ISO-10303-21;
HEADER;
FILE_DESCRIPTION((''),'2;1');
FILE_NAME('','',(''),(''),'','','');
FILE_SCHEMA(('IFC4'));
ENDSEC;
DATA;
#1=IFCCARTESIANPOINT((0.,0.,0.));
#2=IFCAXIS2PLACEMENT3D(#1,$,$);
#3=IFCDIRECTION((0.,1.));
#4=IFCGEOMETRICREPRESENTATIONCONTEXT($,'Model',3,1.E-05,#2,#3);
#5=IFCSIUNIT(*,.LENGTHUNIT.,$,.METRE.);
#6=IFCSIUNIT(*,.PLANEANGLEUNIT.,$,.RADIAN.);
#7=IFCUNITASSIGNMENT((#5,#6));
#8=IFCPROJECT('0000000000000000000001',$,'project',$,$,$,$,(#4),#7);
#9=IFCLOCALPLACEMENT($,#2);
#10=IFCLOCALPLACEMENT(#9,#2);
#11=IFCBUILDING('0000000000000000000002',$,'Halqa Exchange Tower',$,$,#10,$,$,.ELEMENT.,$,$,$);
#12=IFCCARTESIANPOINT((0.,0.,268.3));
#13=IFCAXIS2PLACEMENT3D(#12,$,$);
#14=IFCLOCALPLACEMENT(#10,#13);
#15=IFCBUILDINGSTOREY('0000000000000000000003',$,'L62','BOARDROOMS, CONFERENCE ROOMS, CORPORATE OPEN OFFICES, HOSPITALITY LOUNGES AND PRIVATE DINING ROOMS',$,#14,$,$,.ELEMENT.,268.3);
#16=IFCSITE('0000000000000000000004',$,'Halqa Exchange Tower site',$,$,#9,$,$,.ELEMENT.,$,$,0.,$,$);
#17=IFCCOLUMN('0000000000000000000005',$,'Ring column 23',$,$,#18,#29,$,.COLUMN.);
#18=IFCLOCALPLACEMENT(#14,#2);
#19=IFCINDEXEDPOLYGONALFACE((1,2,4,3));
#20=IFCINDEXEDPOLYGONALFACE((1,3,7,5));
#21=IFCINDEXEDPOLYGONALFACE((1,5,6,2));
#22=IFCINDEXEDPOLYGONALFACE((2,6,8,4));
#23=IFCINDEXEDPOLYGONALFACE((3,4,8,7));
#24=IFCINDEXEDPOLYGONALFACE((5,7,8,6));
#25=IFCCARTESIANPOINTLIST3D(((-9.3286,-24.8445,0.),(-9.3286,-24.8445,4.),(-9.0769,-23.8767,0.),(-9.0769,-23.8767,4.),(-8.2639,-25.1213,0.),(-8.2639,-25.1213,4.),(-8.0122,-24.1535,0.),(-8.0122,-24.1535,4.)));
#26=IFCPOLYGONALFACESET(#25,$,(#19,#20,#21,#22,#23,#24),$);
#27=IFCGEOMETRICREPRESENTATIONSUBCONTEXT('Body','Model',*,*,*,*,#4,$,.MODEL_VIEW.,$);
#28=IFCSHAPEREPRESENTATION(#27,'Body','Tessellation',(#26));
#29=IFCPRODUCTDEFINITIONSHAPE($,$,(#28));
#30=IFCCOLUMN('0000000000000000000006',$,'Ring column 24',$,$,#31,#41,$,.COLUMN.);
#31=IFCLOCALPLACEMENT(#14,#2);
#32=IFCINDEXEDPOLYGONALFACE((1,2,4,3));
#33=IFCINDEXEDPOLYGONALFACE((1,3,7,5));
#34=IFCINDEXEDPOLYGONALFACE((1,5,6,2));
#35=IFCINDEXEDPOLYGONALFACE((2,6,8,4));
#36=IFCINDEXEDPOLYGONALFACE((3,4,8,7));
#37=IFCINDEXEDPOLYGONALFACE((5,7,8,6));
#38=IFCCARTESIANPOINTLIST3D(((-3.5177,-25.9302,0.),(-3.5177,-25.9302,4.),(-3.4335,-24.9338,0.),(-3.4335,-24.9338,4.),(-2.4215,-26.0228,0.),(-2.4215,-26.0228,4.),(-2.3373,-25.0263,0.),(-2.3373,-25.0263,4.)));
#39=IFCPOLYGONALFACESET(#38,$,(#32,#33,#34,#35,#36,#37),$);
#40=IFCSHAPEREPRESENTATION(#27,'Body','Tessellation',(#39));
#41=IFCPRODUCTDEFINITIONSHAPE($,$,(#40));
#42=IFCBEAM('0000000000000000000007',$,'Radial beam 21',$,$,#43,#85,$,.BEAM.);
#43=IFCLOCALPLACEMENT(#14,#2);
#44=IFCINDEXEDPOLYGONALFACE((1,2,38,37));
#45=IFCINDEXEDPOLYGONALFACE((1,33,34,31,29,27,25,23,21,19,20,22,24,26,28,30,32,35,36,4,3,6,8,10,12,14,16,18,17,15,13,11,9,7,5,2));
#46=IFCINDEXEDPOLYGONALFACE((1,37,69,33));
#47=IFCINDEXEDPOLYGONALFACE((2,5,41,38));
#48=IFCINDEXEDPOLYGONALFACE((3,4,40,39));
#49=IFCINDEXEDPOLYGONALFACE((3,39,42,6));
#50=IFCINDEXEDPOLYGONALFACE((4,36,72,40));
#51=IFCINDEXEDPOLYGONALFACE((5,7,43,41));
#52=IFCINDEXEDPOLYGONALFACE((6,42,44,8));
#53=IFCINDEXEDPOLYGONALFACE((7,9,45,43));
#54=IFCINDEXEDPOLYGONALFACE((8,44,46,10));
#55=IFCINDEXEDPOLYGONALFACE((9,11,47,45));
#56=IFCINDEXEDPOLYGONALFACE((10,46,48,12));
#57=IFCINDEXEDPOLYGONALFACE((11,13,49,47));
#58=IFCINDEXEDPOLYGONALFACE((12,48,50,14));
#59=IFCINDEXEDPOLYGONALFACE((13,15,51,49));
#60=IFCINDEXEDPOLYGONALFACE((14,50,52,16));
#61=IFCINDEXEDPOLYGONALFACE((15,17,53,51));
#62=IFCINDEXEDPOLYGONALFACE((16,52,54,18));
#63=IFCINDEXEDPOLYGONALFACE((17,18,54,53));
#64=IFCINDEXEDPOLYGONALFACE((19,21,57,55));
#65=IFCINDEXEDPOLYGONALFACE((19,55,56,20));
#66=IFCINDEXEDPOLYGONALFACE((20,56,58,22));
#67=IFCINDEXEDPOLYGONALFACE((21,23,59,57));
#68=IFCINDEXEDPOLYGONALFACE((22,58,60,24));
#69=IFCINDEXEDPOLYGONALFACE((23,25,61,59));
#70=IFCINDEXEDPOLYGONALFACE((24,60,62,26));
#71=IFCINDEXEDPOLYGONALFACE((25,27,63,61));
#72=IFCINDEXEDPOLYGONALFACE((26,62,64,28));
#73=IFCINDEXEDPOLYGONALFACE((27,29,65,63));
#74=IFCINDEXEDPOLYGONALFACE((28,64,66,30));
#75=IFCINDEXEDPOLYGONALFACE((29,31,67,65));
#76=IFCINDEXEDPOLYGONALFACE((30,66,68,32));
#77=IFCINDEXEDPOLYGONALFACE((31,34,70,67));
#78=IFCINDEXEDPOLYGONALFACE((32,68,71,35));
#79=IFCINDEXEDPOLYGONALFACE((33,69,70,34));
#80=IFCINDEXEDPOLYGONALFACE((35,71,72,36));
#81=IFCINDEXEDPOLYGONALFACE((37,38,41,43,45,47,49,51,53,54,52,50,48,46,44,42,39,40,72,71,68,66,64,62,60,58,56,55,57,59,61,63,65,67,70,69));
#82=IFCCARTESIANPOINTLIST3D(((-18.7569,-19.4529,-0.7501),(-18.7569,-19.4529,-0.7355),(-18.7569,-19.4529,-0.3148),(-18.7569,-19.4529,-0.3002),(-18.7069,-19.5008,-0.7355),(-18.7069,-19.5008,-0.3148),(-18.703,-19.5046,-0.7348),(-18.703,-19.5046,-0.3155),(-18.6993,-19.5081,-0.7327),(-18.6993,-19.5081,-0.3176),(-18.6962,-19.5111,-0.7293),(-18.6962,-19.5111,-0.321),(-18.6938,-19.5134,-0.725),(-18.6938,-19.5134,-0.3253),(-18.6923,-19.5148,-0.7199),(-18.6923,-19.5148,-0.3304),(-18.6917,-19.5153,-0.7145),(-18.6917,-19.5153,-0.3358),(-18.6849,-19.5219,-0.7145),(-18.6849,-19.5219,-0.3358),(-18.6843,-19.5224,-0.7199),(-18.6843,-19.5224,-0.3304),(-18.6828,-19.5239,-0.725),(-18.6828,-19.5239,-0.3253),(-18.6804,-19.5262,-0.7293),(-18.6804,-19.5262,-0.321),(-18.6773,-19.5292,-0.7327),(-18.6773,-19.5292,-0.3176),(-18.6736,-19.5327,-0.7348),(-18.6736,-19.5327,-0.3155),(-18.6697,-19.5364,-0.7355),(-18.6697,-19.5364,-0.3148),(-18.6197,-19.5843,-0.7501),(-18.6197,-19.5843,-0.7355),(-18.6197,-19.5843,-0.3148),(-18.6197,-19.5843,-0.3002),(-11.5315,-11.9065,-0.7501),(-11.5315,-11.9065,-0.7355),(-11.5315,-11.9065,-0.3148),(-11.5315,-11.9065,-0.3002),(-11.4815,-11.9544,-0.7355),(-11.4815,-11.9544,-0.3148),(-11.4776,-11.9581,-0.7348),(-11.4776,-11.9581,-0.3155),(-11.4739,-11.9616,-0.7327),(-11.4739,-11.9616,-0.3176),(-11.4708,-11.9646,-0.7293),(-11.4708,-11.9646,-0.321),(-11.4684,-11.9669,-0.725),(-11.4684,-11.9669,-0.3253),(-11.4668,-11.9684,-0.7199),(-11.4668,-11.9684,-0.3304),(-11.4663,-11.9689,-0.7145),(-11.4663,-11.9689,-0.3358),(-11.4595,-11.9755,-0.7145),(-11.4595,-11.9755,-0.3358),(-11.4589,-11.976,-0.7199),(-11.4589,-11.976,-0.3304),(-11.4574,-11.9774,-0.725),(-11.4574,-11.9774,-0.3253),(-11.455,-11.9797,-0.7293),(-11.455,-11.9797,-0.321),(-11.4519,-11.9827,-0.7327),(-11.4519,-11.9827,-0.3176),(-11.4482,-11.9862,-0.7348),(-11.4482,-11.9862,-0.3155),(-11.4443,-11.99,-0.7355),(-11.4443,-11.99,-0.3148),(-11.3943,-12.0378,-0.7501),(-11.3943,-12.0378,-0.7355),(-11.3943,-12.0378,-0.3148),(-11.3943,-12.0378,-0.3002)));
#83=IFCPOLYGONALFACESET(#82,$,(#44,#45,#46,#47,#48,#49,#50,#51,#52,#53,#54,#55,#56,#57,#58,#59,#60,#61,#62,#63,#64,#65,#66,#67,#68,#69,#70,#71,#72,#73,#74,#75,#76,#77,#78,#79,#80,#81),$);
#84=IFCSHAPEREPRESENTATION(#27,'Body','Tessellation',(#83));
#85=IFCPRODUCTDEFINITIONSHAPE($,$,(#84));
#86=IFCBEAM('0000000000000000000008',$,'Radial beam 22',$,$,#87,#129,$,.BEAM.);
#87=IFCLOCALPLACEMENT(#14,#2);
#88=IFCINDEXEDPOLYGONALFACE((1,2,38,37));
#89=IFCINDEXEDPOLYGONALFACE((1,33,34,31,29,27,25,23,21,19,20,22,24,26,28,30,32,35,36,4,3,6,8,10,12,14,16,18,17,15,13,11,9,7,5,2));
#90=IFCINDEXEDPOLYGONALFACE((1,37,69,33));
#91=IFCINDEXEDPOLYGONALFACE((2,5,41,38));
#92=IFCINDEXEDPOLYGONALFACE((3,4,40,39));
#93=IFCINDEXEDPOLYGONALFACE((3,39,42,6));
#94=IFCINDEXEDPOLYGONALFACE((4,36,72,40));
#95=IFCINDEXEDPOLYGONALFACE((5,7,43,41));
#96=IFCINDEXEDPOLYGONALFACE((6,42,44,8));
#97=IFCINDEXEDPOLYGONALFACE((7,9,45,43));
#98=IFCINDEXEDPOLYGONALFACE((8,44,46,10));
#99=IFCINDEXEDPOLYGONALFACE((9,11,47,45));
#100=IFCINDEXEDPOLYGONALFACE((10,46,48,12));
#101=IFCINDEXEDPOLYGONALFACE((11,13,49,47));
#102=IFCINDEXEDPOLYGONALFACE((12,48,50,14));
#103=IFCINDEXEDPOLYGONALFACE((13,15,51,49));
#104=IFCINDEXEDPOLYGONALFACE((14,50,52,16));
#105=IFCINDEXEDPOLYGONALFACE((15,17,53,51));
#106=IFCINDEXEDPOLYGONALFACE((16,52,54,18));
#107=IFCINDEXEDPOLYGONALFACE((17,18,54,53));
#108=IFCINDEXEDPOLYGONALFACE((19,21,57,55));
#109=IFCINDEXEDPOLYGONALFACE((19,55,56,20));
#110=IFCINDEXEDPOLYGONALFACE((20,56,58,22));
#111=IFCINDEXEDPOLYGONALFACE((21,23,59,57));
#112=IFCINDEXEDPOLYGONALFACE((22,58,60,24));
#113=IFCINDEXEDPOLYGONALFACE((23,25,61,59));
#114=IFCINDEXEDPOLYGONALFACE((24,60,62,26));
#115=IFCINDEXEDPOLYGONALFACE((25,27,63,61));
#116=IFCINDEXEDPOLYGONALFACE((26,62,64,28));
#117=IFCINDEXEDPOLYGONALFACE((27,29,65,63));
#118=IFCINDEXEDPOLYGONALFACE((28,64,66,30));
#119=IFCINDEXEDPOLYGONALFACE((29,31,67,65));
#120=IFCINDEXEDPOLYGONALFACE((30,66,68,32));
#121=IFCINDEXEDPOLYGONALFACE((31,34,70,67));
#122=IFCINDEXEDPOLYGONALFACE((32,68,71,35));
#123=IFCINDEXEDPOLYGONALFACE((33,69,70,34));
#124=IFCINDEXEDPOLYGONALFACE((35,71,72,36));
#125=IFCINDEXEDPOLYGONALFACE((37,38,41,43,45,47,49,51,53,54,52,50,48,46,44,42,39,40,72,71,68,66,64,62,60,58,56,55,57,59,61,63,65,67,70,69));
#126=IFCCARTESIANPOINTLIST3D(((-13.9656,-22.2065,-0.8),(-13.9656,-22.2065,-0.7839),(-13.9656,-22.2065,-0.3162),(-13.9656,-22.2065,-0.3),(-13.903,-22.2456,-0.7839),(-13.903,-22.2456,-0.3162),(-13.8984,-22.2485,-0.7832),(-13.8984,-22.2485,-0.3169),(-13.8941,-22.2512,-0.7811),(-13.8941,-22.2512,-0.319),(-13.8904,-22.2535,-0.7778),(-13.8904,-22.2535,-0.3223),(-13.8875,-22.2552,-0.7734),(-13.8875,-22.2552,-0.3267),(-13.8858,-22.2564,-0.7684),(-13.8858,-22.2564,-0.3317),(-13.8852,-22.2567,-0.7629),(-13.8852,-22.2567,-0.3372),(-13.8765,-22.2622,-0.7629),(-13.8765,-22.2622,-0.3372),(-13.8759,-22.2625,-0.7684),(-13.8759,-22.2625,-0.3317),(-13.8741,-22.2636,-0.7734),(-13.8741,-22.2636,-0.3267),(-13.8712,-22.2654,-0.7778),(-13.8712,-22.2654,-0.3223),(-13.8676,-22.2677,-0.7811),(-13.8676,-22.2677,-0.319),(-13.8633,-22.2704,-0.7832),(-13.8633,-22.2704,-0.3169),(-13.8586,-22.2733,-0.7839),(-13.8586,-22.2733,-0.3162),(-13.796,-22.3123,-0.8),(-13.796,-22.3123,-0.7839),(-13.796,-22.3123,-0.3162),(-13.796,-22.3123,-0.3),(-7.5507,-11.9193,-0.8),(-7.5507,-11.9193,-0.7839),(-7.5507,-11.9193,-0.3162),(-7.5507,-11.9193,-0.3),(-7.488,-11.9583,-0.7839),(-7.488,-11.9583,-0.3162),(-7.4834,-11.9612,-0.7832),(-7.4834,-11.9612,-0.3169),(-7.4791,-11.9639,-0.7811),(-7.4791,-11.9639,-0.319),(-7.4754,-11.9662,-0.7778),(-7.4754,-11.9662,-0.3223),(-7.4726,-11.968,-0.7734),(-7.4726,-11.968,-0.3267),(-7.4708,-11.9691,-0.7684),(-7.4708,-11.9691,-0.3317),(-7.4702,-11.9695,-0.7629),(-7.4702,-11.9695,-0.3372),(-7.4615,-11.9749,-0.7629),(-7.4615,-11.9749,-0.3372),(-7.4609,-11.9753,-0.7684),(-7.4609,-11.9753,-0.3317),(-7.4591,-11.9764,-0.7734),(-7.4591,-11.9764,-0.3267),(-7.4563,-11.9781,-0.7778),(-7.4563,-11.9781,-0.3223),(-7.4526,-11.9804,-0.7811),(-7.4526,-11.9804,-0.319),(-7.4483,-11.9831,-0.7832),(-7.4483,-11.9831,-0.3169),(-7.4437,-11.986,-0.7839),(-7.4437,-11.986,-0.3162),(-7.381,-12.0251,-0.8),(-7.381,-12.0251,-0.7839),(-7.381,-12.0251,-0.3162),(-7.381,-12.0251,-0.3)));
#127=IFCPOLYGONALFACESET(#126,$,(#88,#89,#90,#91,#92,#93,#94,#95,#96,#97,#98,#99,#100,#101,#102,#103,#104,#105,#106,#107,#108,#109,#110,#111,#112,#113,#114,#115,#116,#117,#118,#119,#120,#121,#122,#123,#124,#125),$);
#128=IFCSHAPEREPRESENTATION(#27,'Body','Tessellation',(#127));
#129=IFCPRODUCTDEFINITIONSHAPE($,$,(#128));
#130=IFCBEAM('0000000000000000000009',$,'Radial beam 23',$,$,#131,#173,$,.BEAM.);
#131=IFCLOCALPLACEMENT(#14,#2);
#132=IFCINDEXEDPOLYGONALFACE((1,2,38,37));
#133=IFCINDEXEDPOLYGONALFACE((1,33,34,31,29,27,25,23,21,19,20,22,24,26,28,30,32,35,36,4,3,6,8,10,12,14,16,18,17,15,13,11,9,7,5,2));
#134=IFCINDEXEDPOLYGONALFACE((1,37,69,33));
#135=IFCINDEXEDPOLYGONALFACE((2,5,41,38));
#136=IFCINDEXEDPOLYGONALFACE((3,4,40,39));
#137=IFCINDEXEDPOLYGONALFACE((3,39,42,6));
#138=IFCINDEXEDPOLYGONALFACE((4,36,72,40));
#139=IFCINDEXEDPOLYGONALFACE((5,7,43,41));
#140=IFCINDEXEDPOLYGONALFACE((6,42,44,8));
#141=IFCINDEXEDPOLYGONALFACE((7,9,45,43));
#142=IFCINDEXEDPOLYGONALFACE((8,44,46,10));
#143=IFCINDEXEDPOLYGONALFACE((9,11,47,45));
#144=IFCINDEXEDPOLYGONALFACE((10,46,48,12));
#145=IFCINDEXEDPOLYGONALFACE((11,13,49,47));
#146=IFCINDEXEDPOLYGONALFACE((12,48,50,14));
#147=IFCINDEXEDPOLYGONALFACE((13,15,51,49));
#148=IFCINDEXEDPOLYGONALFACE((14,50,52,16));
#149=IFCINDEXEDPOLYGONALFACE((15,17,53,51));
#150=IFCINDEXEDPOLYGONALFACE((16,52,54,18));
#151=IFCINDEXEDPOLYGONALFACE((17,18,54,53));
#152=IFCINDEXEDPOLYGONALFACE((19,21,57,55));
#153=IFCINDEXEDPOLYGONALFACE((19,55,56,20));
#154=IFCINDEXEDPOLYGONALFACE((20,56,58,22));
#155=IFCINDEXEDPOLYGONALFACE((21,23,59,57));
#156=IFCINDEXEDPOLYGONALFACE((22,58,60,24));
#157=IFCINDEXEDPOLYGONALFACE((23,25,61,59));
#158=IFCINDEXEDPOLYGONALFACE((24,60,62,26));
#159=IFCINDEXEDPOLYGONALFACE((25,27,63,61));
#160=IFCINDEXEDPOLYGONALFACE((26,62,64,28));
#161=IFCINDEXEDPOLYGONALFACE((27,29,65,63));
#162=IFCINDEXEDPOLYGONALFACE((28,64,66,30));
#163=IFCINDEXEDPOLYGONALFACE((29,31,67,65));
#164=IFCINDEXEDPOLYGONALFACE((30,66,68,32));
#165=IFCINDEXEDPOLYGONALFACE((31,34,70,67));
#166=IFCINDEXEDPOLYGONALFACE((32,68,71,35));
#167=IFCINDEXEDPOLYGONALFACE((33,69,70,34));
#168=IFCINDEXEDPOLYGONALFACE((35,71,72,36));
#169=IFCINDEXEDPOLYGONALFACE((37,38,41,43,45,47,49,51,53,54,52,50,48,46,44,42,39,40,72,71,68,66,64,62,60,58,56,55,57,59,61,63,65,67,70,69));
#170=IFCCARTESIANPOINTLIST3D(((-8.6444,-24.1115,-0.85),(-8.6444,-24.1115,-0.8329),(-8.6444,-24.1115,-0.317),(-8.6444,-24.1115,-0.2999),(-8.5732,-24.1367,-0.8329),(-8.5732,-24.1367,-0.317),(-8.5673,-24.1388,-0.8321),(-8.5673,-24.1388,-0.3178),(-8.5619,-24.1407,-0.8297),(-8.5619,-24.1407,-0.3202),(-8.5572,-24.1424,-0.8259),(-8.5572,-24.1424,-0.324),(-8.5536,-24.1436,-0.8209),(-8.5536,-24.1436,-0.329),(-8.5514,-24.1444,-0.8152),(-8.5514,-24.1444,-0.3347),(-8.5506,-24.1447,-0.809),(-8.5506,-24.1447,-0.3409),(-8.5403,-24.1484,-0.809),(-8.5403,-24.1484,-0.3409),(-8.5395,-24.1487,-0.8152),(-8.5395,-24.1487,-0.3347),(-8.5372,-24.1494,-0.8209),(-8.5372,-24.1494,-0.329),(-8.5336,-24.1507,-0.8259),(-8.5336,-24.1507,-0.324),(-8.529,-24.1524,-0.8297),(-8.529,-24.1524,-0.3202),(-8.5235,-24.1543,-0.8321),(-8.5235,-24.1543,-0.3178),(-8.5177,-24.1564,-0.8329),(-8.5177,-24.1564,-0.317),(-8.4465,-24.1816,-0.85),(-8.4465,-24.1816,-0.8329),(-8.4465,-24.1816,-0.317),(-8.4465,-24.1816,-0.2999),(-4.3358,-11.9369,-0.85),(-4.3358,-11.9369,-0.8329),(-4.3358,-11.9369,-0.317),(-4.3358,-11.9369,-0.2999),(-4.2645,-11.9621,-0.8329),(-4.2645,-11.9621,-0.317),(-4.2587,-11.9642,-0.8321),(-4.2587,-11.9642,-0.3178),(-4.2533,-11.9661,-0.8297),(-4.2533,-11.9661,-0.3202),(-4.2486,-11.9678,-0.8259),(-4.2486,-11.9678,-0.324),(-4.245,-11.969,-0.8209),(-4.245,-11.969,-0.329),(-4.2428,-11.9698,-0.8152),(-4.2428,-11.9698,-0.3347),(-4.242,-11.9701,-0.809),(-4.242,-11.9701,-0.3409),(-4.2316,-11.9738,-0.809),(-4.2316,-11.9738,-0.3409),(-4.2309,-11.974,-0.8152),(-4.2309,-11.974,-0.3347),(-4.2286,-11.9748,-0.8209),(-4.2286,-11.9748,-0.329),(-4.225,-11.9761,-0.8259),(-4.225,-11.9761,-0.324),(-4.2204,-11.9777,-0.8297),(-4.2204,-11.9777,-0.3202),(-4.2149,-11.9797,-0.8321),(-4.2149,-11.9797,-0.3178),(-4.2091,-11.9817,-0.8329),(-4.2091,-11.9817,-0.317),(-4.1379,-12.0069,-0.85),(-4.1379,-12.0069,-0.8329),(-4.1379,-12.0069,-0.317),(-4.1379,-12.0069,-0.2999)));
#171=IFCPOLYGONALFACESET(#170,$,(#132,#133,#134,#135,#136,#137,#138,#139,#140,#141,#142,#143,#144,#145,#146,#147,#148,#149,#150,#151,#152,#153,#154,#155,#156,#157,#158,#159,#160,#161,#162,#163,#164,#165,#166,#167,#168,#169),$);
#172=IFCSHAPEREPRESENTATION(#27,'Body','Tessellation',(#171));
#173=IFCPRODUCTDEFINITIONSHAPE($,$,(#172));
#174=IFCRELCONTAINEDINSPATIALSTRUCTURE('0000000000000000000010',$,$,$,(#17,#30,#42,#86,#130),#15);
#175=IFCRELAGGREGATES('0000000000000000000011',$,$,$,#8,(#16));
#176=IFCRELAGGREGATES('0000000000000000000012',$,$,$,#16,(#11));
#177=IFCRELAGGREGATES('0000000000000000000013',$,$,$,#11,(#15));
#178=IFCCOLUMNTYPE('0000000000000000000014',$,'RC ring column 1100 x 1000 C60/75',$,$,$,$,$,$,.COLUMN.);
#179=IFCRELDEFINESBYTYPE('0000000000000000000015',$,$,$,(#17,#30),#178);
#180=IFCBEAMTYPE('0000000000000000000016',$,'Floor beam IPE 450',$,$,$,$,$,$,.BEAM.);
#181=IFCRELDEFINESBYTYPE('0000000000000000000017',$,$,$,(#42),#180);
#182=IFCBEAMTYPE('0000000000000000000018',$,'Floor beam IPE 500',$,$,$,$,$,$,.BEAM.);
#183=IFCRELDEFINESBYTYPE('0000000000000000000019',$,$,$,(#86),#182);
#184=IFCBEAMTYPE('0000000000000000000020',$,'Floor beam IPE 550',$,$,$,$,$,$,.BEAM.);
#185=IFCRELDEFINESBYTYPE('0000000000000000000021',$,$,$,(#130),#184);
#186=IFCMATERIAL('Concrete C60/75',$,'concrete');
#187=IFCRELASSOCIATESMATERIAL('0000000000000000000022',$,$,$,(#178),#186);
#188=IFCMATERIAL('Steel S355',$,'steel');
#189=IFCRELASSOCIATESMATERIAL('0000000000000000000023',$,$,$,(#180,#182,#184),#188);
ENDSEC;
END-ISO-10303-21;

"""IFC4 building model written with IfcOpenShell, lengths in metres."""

from ifc_helpers import new_model, si_unit, direction, frame, origin, origin_2d, place, context, subcontext, project, spatial, rectangle, i_section, extrude, material, material_profile, profile_set, type_object, element, save


model = new_model("IFC4")

# Units and contexts
model_context = context("Model", 3, precision=1e-05, world=origin(), true_north=direction((0.0, 1.0)))
body_context = subcontext(model_context, "Body", "Model", "MODEL_VIEW")
ifc_project = project(units=[si_unit("LENGTHUNIT", "METRE"), si_unit("PLANEANGLEUNIT", "RADIAN")], contexts=[model_context])

# Site, building, storey
site_placement = place(None, origin())
site = spatial("IfcSite", under=ifc_project, at=site_placement, Name="Halqa Exchange Tower site", CompositionType="ELEMENT", RefElevation=0.0)
building_placement = place(site_placement, origin())
building = spatial("IfcBuilding", under=site, at=building_placement, Name="Halqa Exchange Tower", CompositionType="ELEMENT")
storey_placement = place(building_placement, frame((0.0, 0.0, 268.3)))
storey = spatial("IfcBuildingStorey", under=building, at=storey_placement, Name="L62", Description="BOARDROOMS, CONFERENCE ROOMS, CORPORATE OPEN OFFICES, HOSPITALITY LOUNGES AND PRIVATE DINING ROOMS", CompositionType="ELEMENT", Elevation=268.3)

# Columns
ifc_material_1 = material(Name="Concrete C60/75", Category="concrete")
ifc_material_profile_1 = material_profile(ifc_material_1, rectangle(XDim=1.1001, YDim=1.0, at=origin_2d()), Name="1100 x 1000")
ifc_profile_set_1 = profile_set([ifc_material_profile_1], Name="Concrete C60/75")
column_type = type_object("IfcColumnType", Name="RC ring column 1100 x 1000 C60/75", PredefinedType="COLUMN", material=ifc_profile_set_1)
for number, where, z_axis, x_axis, name in (
    (1, (-8.6704, -24.499, 0.0), (0.0, 0.0, 1.0), (0.96782, -0.251642, 0.0), "Ring column 23"),
    (2, (-2.9275, -25.4783, 0.0), (0.0, 0.0, 1.0), (0.996456, -0.084121, 0.0), "Ring column 24"),
):
    element("IfcColumn", number, at=place(storey_placement, frame(where, z_axis=z_axis, x_axis=x_axis)), inside=storey, type_object=column_type, Name=name, PredefinedType="COLUMN", context=body_context, shape_type="SweptSolid", body=[
        extrude(rectangle(XDim=1.1001, YDim=1.0, at=origin_2d()), origin(), (0.0, 0.0, 1.0), 4.0),
    ])

# Beams
ifc_material_2 = material(Name="Steel S355", Category="steel")
ifc_material_profile_2 = material_profile(ifc_material_2, i_section(OverallWidth=0.1899, OverallDepth=0.45, WebThickness=0.0095, FlangeThickness=0.0146, FilletRadius=0.021, at=origin_2d()), Name="IPE 450")
ifc_profile_set_2 = profile_set([ifc_material_profile_2], Name="Steel S355")
beam_type_1 = type_object("IfcBeamType", Name="Floor beam IPE 450", PredefinedType="BEAM", material=ifc_profile_set_2)
beam_1_placement = place(storey_placement, frame((-11.4629, -11.9722, -0.5251), z_axis=(-0.691575, -0.722304, 0.0), x_axis=(0.722304, -0.691575, 0.0)))
element("IfcBeam", 3, at=beam_1_placement, inside=storey, type_object=beam_type_1, Name="Radial beam 21", PredefinedType="BEAM", context=body_context, shape_type="SweptSolid", body=[
    extrude(i_section(OverallWidth=0.1899, OverallDepth=0.45, WebThickness=0.0095, FlangeThickness=0.0146, FilletRadius=0.021, at=origin_2d()), origin(), (0.0, 0.0, 1.0), 10.4478),
])
ifc_material_profile_3 = material_profile(ifc_material_2, i_section(OverallWidth=0.2, OverallDepth=0.5, WebThickness=0.0103, FlangeThickness=0.0161, FilletRadius=0.021, at=origin_2d()), Name="IPE 500")
ifc_profile_set_3 = profile_set([ifc_material_profile_3], Name="Steel S355")
beam_type_2 = type_object("IfcBeamType", Name="Floor beam IPE 500", PredefinedType="BEAM", material=ifc_profile_set_3)
beam_2_placement = place(storey_placement, frame((-7.4658, -11.9722, -0.55), z_axis=(-0.529135, -0.848538, 0.0), x_axis=(0.848538, -0.529135, 0.0)))
element("IfcBeam", 4, at=beam_2_placement, inside=storey, type_object=beam_type_2, Name="Radial beam 22", PredefinedType="BEAM", context=body_context, shape_type="SweptSolid", body=[
    extrude(i_section(OverallWidth=0.2, OverallDepth=0.5, WebThickness=0.0103, FlangeThickness=0.0161, FilletRadius=0.021, at=origin_2d()), origin(), (0.0, 0.0, 1.0), 12.1235),
])
ifc_material_profile_4 = material_profile(ifc_material_2, i_section(OverallWidth=0.21, OverallDepth=0.55, WebThickness=0.011, FlangeThickness=0.0171, FilletRadius=0.0239, at=origin_2d()), Name="IPE 550")
ifc_profile_set_4 = profile_set([ifc_material_profile_4], Name="Steel S355")
beam_type_3 = type_object("IfcBeamType", Name="Floor beam IPE 550", PredefinedType="BEAM", material=ifc_profile_set_4)
beam_3_placement = place(storey_placement, frame((-4.2368, -11.9719, -0.575), z_axis=(-0.333625, -0.942706, 0.0), x_axis=(0.942706, -0.333625, 0.0)))
element("IfcBeam", 5, at=beam_3_placement, inside=storey, type_object=beam_type_3, Name="Radial beam 23", PredefinedType="BEAM", context=body_context, shape_type="SweptSolid", body=[
    extrude(i_section(OverallWidth=0.21, OverallDepth=0.55, WebThickness=0.011, FlangeThickness=0.0171, FilletRadius=0.0239, at=origin_2d()), origin(), (0.0, 0.0, 1.0), 12.9146),
])

save(model, "model.ifc")
